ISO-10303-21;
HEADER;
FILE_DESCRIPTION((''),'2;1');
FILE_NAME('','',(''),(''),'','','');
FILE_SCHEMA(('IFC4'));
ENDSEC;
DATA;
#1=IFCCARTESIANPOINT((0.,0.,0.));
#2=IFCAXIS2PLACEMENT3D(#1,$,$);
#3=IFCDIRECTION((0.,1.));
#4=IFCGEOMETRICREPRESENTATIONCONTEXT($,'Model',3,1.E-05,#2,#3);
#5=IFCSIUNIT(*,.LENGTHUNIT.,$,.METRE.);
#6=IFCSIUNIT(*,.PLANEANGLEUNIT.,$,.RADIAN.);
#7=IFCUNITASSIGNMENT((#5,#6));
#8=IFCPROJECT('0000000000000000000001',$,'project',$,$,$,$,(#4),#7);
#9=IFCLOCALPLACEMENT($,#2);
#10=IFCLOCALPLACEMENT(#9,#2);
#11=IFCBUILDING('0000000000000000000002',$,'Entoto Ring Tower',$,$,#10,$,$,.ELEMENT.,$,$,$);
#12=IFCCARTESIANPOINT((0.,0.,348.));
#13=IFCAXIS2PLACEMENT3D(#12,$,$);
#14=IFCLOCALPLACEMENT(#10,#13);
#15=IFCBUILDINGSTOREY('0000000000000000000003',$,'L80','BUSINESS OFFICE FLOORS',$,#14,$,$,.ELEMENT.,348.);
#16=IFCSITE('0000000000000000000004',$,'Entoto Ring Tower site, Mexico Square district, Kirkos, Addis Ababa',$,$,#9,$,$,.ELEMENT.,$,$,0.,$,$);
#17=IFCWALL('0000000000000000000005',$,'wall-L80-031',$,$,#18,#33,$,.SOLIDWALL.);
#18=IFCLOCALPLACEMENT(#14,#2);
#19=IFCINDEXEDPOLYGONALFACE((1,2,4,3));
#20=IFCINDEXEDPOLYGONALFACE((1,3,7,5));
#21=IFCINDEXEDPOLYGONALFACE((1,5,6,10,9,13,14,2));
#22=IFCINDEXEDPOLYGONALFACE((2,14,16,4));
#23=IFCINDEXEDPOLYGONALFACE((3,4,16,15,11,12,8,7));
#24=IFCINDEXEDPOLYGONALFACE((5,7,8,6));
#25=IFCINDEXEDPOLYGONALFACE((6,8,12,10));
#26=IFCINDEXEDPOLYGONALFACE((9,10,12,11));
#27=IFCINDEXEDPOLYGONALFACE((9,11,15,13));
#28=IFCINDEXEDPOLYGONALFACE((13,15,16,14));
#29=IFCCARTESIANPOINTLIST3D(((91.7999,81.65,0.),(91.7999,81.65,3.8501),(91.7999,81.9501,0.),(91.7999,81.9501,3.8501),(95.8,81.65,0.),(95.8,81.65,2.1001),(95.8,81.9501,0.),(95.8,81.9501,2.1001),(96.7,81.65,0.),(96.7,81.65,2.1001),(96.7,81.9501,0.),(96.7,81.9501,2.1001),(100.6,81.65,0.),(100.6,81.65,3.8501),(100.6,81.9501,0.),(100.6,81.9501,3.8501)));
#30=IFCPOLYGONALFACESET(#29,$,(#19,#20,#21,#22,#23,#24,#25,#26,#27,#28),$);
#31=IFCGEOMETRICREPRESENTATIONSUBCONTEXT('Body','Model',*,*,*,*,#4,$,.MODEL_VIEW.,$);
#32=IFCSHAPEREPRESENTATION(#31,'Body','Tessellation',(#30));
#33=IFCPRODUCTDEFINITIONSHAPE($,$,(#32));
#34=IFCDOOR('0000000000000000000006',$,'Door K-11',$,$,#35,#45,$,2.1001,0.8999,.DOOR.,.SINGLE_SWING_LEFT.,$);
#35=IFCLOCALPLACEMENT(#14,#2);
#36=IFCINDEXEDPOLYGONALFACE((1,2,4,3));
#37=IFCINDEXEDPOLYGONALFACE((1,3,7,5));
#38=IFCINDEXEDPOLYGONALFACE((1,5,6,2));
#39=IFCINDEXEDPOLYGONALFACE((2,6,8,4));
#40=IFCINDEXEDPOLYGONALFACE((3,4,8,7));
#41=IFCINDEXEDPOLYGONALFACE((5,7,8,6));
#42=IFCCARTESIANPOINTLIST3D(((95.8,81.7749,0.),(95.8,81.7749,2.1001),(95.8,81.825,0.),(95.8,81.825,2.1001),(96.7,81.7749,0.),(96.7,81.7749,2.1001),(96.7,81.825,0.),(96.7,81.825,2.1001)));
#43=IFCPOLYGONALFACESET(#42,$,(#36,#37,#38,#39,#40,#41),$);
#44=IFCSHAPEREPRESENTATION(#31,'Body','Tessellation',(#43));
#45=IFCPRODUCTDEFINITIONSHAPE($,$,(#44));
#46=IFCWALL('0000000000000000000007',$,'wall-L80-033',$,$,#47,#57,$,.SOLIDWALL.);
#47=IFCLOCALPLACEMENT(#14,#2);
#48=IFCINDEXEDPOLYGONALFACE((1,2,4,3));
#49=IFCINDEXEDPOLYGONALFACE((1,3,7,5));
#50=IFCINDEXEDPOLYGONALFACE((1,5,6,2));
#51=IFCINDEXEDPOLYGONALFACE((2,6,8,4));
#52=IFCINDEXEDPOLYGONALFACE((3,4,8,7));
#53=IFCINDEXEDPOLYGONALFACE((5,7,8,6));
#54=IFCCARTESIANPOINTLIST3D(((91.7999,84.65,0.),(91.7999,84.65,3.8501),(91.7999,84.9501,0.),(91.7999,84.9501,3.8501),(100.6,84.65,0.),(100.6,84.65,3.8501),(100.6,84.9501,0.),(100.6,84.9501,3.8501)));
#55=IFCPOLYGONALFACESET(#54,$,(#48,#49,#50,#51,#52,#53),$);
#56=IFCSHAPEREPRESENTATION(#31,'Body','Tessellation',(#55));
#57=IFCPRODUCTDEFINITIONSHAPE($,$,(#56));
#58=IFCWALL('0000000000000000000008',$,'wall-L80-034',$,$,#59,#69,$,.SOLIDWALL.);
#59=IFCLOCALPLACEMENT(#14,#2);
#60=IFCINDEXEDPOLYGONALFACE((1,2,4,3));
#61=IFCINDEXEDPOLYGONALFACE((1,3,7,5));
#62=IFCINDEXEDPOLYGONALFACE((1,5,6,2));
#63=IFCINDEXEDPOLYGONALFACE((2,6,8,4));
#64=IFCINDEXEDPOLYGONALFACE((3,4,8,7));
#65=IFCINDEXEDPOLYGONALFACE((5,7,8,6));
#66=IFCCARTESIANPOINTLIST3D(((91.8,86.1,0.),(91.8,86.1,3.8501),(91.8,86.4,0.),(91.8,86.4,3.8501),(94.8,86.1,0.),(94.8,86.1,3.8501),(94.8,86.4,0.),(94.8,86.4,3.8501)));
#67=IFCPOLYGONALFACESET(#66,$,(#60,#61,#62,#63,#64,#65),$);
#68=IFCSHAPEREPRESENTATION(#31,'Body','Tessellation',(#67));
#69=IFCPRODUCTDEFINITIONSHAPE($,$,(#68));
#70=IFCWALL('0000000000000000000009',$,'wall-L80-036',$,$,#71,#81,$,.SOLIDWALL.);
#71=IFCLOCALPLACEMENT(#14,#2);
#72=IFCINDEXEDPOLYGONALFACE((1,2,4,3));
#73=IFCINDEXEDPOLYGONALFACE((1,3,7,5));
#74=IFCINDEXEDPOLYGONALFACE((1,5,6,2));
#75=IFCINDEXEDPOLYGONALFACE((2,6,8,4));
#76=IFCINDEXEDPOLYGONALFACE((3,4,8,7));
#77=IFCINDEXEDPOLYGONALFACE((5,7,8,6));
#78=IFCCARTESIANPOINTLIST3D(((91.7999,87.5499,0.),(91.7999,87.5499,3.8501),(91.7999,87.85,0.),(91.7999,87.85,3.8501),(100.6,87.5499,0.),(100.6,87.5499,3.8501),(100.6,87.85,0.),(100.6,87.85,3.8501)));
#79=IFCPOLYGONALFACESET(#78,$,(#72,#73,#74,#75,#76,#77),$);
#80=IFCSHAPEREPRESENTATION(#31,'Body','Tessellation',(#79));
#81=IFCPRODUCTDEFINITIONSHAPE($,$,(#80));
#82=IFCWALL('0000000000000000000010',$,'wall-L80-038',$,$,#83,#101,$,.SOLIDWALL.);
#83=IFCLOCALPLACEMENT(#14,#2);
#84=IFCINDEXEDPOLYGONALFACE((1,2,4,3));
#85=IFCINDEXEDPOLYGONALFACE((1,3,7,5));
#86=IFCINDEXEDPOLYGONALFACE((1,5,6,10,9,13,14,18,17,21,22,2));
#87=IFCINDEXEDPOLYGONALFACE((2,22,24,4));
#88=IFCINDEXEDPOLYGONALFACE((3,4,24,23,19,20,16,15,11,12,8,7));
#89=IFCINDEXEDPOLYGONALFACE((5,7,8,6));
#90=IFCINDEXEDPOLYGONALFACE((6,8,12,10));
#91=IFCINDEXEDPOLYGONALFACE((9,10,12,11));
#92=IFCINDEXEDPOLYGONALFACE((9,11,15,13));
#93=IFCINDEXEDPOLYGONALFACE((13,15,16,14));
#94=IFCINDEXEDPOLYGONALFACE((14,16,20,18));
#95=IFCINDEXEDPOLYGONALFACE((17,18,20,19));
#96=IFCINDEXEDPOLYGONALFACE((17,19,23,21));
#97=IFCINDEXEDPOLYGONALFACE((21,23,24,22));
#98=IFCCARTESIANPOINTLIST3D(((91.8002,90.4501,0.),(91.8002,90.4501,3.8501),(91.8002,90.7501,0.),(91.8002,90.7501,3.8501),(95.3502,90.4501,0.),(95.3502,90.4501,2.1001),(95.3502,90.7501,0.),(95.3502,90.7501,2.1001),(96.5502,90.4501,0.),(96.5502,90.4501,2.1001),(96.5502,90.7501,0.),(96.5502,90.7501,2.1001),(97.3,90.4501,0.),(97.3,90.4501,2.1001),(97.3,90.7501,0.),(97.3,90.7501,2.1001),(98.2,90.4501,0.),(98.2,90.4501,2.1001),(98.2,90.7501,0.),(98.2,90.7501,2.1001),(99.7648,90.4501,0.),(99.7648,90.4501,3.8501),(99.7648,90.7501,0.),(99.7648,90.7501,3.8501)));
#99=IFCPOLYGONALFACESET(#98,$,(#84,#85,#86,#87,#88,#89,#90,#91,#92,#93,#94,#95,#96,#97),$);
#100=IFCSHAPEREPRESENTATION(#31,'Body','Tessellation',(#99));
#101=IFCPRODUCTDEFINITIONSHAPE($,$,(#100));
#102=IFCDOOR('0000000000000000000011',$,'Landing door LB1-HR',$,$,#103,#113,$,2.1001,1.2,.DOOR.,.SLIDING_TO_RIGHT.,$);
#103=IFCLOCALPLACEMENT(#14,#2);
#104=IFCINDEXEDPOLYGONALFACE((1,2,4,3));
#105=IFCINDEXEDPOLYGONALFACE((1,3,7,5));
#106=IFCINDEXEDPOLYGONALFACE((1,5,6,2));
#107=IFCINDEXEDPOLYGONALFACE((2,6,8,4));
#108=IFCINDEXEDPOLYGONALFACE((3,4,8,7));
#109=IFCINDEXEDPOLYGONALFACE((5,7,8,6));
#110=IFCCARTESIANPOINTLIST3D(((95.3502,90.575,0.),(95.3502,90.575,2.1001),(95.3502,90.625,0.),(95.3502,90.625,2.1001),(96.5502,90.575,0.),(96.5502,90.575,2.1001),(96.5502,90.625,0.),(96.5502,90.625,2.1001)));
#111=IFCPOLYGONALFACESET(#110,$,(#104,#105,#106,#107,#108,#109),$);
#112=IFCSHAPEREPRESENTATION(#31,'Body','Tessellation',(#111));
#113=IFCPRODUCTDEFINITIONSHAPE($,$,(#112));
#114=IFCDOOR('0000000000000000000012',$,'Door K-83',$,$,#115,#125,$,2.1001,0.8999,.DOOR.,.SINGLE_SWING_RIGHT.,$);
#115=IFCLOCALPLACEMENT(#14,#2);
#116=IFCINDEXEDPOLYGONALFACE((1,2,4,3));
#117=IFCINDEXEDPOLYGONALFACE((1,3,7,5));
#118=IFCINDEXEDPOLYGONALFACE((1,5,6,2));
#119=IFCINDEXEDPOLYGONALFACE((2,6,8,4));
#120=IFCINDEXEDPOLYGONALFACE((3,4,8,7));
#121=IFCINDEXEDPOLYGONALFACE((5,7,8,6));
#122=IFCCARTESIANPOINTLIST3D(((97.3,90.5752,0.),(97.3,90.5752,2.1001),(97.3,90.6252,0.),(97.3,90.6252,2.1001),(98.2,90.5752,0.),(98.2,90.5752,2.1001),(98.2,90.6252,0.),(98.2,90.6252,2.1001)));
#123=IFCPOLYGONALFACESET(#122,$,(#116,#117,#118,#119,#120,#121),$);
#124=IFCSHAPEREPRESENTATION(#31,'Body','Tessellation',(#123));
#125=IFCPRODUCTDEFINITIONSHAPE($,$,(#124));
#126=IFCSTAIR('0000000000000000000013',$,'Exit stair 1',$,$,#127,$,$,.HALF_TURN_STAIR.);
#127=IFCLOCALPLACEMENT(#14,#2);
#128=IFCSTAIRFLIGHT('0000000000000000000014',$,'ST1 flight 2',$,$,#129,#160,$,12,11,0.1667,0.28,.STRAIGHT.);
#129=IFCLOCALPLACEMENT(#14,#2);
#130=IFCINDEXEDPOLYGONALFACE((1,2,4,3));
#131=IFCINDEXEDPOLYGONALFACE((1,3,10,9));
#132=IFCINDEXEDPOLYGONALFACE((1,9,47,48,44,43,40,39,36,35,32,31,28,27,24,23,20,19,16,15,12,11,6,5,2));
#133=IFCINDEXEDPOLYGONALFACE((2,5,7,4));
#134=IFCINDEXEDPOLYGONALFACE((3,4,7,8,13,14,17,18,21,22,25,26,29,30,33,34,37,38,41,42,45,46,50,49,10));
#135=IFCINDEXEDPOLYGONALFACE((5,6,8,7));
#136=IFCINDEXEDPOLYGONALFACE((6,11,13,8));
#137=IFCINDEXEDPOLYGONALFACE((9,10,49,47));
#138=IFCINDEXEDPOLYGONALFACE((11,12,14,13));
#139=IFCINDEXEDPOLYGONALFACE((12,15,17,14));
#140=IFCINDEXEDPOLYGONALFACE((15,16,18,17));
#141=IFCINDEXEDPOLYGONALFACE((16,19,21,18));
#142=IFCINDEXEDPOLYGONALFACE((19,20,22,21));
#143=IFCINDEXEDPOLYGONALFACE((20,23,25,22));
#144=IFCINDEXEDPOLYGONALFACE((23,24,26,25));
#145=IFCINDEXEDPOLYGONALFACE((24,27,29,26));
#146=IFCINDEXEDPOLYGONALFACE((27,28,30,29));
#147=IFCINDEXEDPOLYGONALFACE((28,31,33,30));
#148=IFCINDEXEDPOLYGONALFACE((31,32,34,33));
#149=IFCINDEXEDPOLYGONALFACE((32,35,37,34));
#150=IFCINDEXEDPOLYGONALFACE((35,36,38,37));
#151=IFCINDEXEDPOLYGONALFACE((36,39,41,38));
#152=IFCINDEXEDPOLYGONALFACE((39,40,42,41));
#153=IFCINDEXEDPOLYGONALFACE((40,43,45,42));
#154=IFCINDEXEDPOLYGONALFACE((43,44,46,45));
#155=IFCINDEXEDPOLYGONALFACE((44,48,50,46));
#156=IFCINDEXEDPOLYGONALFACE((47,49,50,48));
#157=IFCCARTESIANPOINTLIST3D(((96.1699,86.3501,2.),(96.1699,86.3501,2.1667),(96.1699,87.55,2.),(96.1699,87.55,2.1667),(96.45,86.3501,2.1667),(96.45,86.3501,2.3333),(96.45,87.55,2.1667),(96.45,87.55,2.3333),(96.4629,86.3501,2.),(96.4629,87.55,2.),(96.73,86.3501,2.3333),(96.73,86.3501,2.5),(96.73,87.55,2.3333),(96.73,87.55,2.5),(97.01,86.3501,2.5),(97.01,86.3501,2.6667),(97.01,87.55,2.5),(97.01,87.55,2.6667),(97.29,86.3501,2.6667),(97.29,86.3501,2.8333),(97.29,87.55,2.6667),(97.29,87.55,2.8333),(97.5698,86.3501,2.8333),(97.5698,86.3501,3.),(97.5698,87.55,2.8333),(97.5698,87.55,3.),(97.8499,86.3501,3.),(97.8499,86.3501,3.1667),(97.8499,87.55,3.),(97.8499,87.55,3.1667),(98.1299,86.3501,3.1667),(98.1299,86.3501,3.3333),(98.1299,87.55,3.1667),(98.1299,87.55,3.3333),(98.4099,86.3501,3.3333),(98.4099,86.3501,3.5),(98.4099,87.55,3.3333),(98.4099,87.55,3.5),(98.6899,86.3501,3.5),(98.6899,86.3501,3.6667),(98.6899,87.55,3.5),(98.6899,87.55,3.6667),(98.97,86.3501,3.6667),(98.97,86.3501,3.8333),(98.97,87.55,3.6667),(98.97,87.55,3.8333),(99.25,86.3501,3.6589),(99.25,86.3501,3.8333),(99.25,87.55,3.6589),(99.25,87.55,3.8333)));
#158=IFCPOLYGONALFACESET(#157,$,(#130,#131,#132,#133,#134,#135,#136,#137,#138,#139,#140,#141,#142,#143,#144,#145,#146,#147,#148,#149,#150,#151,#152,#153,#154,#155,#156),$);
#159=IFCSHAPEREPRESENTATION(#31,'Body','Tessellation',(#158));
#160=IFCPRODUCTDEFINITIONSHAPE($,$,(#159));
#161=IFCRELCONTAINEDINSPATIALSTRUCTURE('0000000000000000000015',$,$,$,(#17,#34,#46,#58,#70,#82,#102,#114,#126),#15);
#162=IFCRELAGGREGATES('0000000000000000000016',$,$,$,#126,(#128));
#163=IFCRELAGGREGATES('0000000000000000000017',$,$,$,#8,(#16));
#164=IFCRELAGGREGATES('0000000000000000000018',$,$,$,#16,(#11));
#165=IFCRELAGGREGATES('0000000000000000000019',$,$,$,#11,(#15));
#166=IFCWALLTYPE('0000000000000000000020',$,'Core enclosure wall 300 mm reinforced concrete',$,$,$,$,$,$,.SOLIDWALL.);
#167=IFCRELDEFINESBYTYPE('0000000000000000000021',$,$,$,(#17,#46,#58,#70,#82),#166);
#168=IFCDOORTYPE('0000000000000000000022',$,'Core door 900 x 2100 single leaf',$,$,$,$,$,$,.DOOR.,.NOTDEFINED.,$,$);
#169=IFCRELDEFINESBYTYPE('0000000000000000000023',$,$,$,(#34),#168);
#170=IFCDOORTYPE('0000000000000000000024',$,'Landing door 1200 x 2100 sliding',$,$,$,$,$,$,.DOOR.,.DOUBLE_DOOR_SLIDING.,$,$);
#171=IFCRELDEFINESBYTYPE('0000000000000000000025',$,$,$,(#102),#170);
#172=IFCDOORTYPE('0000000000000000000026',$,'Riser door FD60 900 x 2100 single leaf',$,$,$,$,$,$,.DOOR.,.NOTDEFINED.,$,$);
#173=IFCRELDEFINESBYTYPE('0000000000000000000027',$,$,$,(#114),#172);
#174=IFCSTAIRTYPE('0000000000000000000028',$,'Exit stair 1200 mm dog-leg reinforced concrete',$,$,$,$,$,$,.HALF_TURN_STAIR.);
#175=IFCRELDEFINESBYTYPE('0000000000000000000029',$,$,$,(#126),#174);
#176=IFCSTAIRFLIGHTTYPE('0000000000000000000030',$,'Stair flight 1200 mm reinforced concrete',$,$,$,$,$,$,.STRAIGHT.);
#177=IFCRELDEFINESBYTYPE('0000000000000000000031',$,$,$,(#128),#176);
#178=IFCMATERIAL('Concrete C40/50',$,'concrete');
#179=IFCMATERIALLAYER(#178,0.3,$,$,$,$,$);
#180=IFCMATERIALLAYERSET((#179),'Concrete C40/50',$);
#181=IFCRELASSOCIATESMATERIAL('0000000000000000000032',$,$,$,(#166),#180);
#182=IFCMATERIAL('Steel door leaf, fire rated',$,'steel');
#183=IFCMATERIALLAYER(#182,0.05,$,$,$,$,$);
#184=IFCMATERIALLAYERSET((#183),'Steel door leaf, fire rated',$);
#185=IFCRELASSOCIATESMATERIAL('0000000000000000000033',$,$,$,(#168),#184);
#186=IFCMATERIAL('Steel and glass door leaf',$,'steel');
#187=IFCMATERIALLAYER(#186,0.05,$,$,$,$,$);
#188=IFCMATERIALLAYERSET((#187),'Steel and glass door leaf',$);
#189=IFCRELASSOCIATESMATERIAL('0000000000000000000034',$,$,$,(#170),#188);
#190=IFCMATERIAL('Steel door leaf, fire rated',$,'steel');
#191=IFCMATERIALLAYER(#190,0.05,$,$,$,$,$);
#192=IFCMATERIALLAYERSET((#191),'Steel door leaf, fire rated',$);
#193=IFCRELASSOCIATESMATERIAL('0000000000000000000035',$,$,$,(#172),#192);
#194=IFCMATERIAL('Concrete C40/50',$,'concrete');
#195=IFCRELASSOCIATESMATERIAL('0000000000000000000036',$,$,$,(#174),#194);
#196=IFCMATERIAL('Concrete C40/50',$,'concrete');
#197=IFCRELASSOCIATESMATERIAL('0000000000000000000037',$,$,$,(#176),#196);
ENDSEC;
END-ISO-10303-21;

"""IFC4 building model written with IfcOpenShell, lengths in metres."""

from ifc_helpers import new_model, si_unit, direction, frame, frame_2d, origin, place, context, subcontext, project, spatial, polyline, rectangle, outline, extrude, material, layer, layer_set, type_object, element, fill, aggregate, save


model = new_model("IFC4")

# Units and contexts
model_context = context("Model", 3, precision=1e-05, world=origin(), true_north=direction((0.0, 1.0)))
body_context = subcontext(model_context, "Body", "Model", "MODEL_VIEW")
ifc_project = project(units=[si_unit("LENGTHUNIT", "METRE"), si_unit("PLANEANGLEUNIT", "RADIAN")], contexts=[model_context])

# Site, building, storey
site_placement = place(None, origin())
site = spatial("IfcSite", under=ifc_project, at=site_placement, Name="Entoto Ring Tower site, Mexico Square district, Kirkos, Addis Ababa", CompositionType="ELEMENT", RefElevation=0.0)
building_placement = place(site_placement, origin())
building = spatial("IfcBuilding", under=site, at=building_placement, Name="Entoto Ring Tower", CompositionType="ELEMENT")
storey_placement = place(building_placement, frame((0.0, 0.0, 348.0)))
storey = spatial("IfcBuildingStorey", under=building, at=storey_placement, Name="L80", Description="BUSINESS OFFICE FLOORS", CompositionType="ELEMENT", Elevation=348.0)

# Shared definitions
ifc_material_1 = material(Name="Concrete C40/50", Category="concrete")
ifc_layer_1 = layer(ifc_material_1, 0.3)
ifc_layer_set_1 = layer_set([ifc_layer_1], Name="Concrete C40/50")
wall_type = type_object("IfcWallType", Name="Core enclosure wall 300 mm reinforced concrete", PredefinedType="SOLIDWALL", material=ifc_layer_set_1)

# Shared definitions
ifc_material_2 = material(Name="Steel door leaf, fire rated", Category="steel")
ifc_layer_2 = layer(ifc_material_2, 0.05)
ifc_layer_set_2 = layer_set([ifc_layer_2], Name="Steel door leaf, fire rated")
door_type_1 = type_object("IfcDoorType", Name="Core door 900 x 2100 single leaf", OperationType="NOTDEFINED", PredefinedType="DOOR", material=ifc_layer_set_2)
ifc_material_3 = material(Name="Steel and glass door leaf", Category="steel")
ifc_layer_3 = layer(ifc_material_3, 0.05)
ifc_layer_set_3 = layer_set([ifc_layer_3], Name="Steel and glass door leaf")
door_type_2 = type_object("IfcDoorType", Name="Landing door 1200 x 2100 sliding", OperationType="DOUBLE_DOOR_SLIDING", PredefinedType="DOOR", material=ifc_layer_set_3)

# Wall, opening, door
wall_1_placement = place(storey_placement, frame((91.8, 81.8, 0.0), z_axis=(0.0, 0.0, 1.0), x_axis=(1.0, 0.0, 0.0)))
wall_1 = element("IfcWall", 1, at=wall_1_placement, inside=storey, type_object=wall_type, Name="wall-L80-031", PredefinedType="SOLIDWALL", context=body_context, shape_type="SweptSolid", body=[
    extrude(rectangle(XDim=8.8, YDim=0.3, at=frame_2d((4.3999, 0.0))), origin(), (0.0, 0.0, 1.0), 3.8501),
])
opening_1_placement = place(wall_1_placement, frame((4.0, 0.0, 0.0)))
opening_1 = element("IfcOpeningElement", 2, at=opening_1_placement, cuts=wall_1, PredefinedType="OPENING", context=body_context, shape_type="SweptSolid", body=[
    extrude(rectangle(XDim=0.8999, YDim=2.1001, at=frame_2d((0.45, 1.05))), frame((0.0, 0.1602, 0.0), z_axis=(0.0, -1.0, 0.0), x_axis=(1.0, 0.0, 0.0)), (0.0, 0.0, 1.0), 0.3201),
])
door_1_placement = place(opening_1_placement, origin())
door_1 = element("IfcDoor", 3, at=door_1_placement, inside=storey, type_object=door_type_1, Name="Door K-11", OperationType="SINGLE_SWING_LEFT", OverallHeight=2.1001, OverallWidth=0.8999, PredefinedType="DOOR", context=body_context, shape_type="SweptSolid", body=[
    extrude(rectangle(XDim=0.8999, YDim=2.1001, at=frame_2d((0.45, 1.05))), frame((0.0, 0.0249, 0.0), z_axis=(0.0, -1.0, 0.0), x_axis=(1.0, 0.0, 0.0)), (0.0, 0.0, 1.0), 0.05),
])
fill(opening_1, door_1)

# Walls
wall_2_placement = place(storey_placement, frame((91.8, 84.8, 0.0), z_axis=(0.0, 0.0, 1.0), x_axis=(1.0, 0.0, 0.0)))
element("IfcWall", 4, at=wall_2_placement, inside=storey, type_object=wall_type, Name="wall-L80-033", PredefinedType="SOLIDWALL", context=body_context, shape_type="SweptSolid", body=[
    extrude(rectangle(XDim=8.8, YDim=0.3, at=frame_2d((4.3999, 0.0))), origin(), (0.0, 0.0, 1.0), 3.8501),
])
wall_3_placement = place(storey_placement, frame((91.8, 86.25, 0.0), z_axis=(0.0, 0.0, 1.0), x_axis=(1.0, 0.0, 0.0)))
element("IfcWall", 5, at=wall_3_placement, inside=storey, type_object=wall_type, Name="wall-L80-034", PredefinedType="SOLIDWALL", context=body_context, shape_type="SweptSolid", body=[
    extrude(rectangle(XDim=3.0, YDim=0.3, at=frame_2d((1.5, 0.0))), origin(), (0.0, 0.0, 1.0), 3.8501),
])
wall_4_placement = place(storey_placement, frame((91.8, 87.7, 0.0), z_axis=(0.0, 0.0, 1.0), x_axis=(1.0, 0.0, 0.0)))
element("IfcWall", 6, at=wall_4_placement, inside=storey, type_object=wall_type, Name="wall-L80-036", PredefinedType="SOLIDWALL", context=body_context, shape_type="SweptSolid", body=[
    extrude(rectangle(XDim=8.8, YDim=0.3, at=frame_2d((4.3999, 0.0))), origin(), (0.0, 0.0, 1.0), 3.8501),
])

# Wall, openings, doors
wall_5_placement = place(storey_placement, frame((91.8, 90.6001, 0.0), z_axis=(0.0, 0.0, 1.0), x_axis=(1.0, 0.0, 0.0)))
wall_5 = element("IfcWall", 7, at=wall_5_placement, inside=storey, type_object=wall_type, Name="wall-L80-038", PredefinedType="SOLIDWALL", context=body_context, shape_type="SweptSolid", body=[
    extrude(rectangle(XDim=7.9646, YDim=0.3, at=frame_2d((3.9824, 0.0))), origin(), (0.0, 0.0, 1.0), 3.8501),
])
opening_2_placement = place(wall_5_placement, frame((3.55, 0.0, 0.0)))
opening_2 = element("IfcOpeningElement", 8, at=opening_2_placement, cuts=wall_5, PredefinedType="OPENING", context=body_context, shape_type="SweptSolid", body=[
    extrude(rectangle(XDim=1.2, YDim=2.1001, at=frame_2d((0.6001, 1.05))), frame((0.0, 0.1602, 0.0), z_axis=(0.0, -1.0, 0.0), x_axis=(1.0, 0.0, 0.0)), (0.0, 0.0, 1.0), 0.3201),
])
opening_3_placement = place(wall_5_placement, frame((5.5, 0.0, 0.0)))
opening_3 = element("IfcOpeningElement", 9, at=opening_3_placement, cuts=wall_5, PredefinedType="OPENING", context=body_context, shape_type="SweptSolid", body=[
    extrude(rectangle(XDim=0.8999, YDim=2.1001, at=frame_2d((0.45, 1.05))), frame((0.0, 0.1602, 0.0), z_axis=(0.0, -1.0, 0.0), x_axis=(1.0, 0.0, 0.0)), (0.0, 0.0, 1.0), 0.3201),
])
door_2_placement = place(opening_2_placement, origin())
door_2 = element("IfcDoor", 10, at=door_2_placement, inside=storey, type_object=door_type_2, Name="Landing door LB1-HR", OperationType="SLIDING_TO_RIGHT", OverallHeight=2.1001, OverallWidth=1.2, PredefinedType="DOOR", context=body_context, shape_type="SweptSolid", body=[
    extrude(rectangle(XDim=1.2, YDim=2.1001, at=frame_2d((0.6001, 1.05))), frame((0.0, 0.0249, 0.0), z_axis=(0.0, -1.0, 0.0), x_axis=(1.0, 0.0, 0.0)), (0.0, 0.0, 1.0), 0.05),
])
fill(opening_2, door_2)
ifc_material_4 = material(Name="Steel door leaf, fire rated", Category="steel")
ifc_layer_4 = layer(ifc_material_4, 0.05)
ifc_layer_set_4 = layer_set([ifc_layer_4], Name="Steel door leaf, fire rated")
door_type_3 = type_object("IfcDoorType", Name="Riser door FD60 900 x 2100 single leaf", OperationType="NOTDEFINED", PredefinedType="DOOR", material=ifc_layer_set_4)
door_3_placement = place(opening_3_placement, frame((0.8999, 0.0, 0.0), z_axis=(0.0, 0.0, 1.0), x_axis=(-1.0, 0.0, 0.0)))
door_3 = element("IfcDoor", 11, at=door_3_placement, inside=storey, type_object=door_type_3, Name="Door K-83", OperationType="SINGLE_SWING_RIGHT", OverallHeight=2.1001, OverallWidth=0.8999, PredefinedType="DOOR", context=body_context, shape_type="SweptSolid", body=[
    extrude(rectangle(XDim=0.8999, YDim=2.1001, at=frame_2d((0.45, 1.05))), frame((0.0, 0.0249, 0.0), z_axis=(0.0, -1.0, 0.0), x_axis=(1.0, 0.0, 0.0)), (0.0, 0.0, 1.0), 0.05),
])
fill(opening_3, door_3)

# Stair, stair flight
ifc_material_5 = material(Name="Concrete C40/50", Category="concrete")
stair_type = type_object("IfcStairType", Name="Exit stair 1200 mm dog-leg reinforced concrete", PredefinedType="HALF_TURN_STAIR", material=ifc_material_5)
stair_placement = place(storey_placement, origin())
stair = element("IfcStair", 12, at=stair_placement, inside=storey, type_object=stair_type, Name="Exit stair 1", PredefinedType="HALF_TURN_STAIR")
ifc_material_6 = material(Name="Concrete C40/50", Category="concrete")
stair_flight_type = type_object("IfcStairFlightType", Name="Stair flight 1200 mm reinforced concrete", PredefinedType="STRAIGHT", material=ifc_material_6)
stair_flight_placement = place(storey_placement, frame((96.1699, 86.95, 2.0), z_axis=(0.0, 0.0, 1.0), x_axis=(1.0, 0.0, 0.0)))
stair_flight = element("IfcStairFlight", 13, at=stair_flight_placement, type_object=stair_flight_type, Name="ST1 flight 2", NumberOfRisers=12, NumberOfTreads=11, PredefinedType="STRAIGHT", RiserHeight=0.1667, TreadLength=0.28, context=body_context, shape_type="SweptSolid", body=[
    extrude(outline(polyline([(0.0, 0.0), (0.0, 0.1667), (0.28, 0.1667), (0.28, 0.3333), (0.5601, 0.3333), (0.5601, 0.5), (0.8401, 0.5), (0.8401, 0.6667), (1.1201, 0.6667), (1.1201, 0.8333), (1.3999, 0.8333), (1.3999, 1.0), (1.6799, 1.0), (1.6799, 1.1667), (1.96, 1.1667), (1.96, 1.3333), (2.24, 1.3333), (2.24, 1.5), (2.52, 1.5), (2.52, 1.6667), (2.8, 1.6667), (2.8, 1.8333), (3.0801, 1.8333), (3.0801, 2.0), (3.0801, 1.6589), (0.293, 0.0), (0.0, 0.0)])), frame((0.0, 0.6001, 0.0), z_axis=(0.0, -1.0, 0.0), x_axis=(1.0, 0.0, 0.0)), (0.0, 0.0, 1.0), 1.2),
])
aggregate(stair, [stair_flight])

save(model, "model.ifc")
